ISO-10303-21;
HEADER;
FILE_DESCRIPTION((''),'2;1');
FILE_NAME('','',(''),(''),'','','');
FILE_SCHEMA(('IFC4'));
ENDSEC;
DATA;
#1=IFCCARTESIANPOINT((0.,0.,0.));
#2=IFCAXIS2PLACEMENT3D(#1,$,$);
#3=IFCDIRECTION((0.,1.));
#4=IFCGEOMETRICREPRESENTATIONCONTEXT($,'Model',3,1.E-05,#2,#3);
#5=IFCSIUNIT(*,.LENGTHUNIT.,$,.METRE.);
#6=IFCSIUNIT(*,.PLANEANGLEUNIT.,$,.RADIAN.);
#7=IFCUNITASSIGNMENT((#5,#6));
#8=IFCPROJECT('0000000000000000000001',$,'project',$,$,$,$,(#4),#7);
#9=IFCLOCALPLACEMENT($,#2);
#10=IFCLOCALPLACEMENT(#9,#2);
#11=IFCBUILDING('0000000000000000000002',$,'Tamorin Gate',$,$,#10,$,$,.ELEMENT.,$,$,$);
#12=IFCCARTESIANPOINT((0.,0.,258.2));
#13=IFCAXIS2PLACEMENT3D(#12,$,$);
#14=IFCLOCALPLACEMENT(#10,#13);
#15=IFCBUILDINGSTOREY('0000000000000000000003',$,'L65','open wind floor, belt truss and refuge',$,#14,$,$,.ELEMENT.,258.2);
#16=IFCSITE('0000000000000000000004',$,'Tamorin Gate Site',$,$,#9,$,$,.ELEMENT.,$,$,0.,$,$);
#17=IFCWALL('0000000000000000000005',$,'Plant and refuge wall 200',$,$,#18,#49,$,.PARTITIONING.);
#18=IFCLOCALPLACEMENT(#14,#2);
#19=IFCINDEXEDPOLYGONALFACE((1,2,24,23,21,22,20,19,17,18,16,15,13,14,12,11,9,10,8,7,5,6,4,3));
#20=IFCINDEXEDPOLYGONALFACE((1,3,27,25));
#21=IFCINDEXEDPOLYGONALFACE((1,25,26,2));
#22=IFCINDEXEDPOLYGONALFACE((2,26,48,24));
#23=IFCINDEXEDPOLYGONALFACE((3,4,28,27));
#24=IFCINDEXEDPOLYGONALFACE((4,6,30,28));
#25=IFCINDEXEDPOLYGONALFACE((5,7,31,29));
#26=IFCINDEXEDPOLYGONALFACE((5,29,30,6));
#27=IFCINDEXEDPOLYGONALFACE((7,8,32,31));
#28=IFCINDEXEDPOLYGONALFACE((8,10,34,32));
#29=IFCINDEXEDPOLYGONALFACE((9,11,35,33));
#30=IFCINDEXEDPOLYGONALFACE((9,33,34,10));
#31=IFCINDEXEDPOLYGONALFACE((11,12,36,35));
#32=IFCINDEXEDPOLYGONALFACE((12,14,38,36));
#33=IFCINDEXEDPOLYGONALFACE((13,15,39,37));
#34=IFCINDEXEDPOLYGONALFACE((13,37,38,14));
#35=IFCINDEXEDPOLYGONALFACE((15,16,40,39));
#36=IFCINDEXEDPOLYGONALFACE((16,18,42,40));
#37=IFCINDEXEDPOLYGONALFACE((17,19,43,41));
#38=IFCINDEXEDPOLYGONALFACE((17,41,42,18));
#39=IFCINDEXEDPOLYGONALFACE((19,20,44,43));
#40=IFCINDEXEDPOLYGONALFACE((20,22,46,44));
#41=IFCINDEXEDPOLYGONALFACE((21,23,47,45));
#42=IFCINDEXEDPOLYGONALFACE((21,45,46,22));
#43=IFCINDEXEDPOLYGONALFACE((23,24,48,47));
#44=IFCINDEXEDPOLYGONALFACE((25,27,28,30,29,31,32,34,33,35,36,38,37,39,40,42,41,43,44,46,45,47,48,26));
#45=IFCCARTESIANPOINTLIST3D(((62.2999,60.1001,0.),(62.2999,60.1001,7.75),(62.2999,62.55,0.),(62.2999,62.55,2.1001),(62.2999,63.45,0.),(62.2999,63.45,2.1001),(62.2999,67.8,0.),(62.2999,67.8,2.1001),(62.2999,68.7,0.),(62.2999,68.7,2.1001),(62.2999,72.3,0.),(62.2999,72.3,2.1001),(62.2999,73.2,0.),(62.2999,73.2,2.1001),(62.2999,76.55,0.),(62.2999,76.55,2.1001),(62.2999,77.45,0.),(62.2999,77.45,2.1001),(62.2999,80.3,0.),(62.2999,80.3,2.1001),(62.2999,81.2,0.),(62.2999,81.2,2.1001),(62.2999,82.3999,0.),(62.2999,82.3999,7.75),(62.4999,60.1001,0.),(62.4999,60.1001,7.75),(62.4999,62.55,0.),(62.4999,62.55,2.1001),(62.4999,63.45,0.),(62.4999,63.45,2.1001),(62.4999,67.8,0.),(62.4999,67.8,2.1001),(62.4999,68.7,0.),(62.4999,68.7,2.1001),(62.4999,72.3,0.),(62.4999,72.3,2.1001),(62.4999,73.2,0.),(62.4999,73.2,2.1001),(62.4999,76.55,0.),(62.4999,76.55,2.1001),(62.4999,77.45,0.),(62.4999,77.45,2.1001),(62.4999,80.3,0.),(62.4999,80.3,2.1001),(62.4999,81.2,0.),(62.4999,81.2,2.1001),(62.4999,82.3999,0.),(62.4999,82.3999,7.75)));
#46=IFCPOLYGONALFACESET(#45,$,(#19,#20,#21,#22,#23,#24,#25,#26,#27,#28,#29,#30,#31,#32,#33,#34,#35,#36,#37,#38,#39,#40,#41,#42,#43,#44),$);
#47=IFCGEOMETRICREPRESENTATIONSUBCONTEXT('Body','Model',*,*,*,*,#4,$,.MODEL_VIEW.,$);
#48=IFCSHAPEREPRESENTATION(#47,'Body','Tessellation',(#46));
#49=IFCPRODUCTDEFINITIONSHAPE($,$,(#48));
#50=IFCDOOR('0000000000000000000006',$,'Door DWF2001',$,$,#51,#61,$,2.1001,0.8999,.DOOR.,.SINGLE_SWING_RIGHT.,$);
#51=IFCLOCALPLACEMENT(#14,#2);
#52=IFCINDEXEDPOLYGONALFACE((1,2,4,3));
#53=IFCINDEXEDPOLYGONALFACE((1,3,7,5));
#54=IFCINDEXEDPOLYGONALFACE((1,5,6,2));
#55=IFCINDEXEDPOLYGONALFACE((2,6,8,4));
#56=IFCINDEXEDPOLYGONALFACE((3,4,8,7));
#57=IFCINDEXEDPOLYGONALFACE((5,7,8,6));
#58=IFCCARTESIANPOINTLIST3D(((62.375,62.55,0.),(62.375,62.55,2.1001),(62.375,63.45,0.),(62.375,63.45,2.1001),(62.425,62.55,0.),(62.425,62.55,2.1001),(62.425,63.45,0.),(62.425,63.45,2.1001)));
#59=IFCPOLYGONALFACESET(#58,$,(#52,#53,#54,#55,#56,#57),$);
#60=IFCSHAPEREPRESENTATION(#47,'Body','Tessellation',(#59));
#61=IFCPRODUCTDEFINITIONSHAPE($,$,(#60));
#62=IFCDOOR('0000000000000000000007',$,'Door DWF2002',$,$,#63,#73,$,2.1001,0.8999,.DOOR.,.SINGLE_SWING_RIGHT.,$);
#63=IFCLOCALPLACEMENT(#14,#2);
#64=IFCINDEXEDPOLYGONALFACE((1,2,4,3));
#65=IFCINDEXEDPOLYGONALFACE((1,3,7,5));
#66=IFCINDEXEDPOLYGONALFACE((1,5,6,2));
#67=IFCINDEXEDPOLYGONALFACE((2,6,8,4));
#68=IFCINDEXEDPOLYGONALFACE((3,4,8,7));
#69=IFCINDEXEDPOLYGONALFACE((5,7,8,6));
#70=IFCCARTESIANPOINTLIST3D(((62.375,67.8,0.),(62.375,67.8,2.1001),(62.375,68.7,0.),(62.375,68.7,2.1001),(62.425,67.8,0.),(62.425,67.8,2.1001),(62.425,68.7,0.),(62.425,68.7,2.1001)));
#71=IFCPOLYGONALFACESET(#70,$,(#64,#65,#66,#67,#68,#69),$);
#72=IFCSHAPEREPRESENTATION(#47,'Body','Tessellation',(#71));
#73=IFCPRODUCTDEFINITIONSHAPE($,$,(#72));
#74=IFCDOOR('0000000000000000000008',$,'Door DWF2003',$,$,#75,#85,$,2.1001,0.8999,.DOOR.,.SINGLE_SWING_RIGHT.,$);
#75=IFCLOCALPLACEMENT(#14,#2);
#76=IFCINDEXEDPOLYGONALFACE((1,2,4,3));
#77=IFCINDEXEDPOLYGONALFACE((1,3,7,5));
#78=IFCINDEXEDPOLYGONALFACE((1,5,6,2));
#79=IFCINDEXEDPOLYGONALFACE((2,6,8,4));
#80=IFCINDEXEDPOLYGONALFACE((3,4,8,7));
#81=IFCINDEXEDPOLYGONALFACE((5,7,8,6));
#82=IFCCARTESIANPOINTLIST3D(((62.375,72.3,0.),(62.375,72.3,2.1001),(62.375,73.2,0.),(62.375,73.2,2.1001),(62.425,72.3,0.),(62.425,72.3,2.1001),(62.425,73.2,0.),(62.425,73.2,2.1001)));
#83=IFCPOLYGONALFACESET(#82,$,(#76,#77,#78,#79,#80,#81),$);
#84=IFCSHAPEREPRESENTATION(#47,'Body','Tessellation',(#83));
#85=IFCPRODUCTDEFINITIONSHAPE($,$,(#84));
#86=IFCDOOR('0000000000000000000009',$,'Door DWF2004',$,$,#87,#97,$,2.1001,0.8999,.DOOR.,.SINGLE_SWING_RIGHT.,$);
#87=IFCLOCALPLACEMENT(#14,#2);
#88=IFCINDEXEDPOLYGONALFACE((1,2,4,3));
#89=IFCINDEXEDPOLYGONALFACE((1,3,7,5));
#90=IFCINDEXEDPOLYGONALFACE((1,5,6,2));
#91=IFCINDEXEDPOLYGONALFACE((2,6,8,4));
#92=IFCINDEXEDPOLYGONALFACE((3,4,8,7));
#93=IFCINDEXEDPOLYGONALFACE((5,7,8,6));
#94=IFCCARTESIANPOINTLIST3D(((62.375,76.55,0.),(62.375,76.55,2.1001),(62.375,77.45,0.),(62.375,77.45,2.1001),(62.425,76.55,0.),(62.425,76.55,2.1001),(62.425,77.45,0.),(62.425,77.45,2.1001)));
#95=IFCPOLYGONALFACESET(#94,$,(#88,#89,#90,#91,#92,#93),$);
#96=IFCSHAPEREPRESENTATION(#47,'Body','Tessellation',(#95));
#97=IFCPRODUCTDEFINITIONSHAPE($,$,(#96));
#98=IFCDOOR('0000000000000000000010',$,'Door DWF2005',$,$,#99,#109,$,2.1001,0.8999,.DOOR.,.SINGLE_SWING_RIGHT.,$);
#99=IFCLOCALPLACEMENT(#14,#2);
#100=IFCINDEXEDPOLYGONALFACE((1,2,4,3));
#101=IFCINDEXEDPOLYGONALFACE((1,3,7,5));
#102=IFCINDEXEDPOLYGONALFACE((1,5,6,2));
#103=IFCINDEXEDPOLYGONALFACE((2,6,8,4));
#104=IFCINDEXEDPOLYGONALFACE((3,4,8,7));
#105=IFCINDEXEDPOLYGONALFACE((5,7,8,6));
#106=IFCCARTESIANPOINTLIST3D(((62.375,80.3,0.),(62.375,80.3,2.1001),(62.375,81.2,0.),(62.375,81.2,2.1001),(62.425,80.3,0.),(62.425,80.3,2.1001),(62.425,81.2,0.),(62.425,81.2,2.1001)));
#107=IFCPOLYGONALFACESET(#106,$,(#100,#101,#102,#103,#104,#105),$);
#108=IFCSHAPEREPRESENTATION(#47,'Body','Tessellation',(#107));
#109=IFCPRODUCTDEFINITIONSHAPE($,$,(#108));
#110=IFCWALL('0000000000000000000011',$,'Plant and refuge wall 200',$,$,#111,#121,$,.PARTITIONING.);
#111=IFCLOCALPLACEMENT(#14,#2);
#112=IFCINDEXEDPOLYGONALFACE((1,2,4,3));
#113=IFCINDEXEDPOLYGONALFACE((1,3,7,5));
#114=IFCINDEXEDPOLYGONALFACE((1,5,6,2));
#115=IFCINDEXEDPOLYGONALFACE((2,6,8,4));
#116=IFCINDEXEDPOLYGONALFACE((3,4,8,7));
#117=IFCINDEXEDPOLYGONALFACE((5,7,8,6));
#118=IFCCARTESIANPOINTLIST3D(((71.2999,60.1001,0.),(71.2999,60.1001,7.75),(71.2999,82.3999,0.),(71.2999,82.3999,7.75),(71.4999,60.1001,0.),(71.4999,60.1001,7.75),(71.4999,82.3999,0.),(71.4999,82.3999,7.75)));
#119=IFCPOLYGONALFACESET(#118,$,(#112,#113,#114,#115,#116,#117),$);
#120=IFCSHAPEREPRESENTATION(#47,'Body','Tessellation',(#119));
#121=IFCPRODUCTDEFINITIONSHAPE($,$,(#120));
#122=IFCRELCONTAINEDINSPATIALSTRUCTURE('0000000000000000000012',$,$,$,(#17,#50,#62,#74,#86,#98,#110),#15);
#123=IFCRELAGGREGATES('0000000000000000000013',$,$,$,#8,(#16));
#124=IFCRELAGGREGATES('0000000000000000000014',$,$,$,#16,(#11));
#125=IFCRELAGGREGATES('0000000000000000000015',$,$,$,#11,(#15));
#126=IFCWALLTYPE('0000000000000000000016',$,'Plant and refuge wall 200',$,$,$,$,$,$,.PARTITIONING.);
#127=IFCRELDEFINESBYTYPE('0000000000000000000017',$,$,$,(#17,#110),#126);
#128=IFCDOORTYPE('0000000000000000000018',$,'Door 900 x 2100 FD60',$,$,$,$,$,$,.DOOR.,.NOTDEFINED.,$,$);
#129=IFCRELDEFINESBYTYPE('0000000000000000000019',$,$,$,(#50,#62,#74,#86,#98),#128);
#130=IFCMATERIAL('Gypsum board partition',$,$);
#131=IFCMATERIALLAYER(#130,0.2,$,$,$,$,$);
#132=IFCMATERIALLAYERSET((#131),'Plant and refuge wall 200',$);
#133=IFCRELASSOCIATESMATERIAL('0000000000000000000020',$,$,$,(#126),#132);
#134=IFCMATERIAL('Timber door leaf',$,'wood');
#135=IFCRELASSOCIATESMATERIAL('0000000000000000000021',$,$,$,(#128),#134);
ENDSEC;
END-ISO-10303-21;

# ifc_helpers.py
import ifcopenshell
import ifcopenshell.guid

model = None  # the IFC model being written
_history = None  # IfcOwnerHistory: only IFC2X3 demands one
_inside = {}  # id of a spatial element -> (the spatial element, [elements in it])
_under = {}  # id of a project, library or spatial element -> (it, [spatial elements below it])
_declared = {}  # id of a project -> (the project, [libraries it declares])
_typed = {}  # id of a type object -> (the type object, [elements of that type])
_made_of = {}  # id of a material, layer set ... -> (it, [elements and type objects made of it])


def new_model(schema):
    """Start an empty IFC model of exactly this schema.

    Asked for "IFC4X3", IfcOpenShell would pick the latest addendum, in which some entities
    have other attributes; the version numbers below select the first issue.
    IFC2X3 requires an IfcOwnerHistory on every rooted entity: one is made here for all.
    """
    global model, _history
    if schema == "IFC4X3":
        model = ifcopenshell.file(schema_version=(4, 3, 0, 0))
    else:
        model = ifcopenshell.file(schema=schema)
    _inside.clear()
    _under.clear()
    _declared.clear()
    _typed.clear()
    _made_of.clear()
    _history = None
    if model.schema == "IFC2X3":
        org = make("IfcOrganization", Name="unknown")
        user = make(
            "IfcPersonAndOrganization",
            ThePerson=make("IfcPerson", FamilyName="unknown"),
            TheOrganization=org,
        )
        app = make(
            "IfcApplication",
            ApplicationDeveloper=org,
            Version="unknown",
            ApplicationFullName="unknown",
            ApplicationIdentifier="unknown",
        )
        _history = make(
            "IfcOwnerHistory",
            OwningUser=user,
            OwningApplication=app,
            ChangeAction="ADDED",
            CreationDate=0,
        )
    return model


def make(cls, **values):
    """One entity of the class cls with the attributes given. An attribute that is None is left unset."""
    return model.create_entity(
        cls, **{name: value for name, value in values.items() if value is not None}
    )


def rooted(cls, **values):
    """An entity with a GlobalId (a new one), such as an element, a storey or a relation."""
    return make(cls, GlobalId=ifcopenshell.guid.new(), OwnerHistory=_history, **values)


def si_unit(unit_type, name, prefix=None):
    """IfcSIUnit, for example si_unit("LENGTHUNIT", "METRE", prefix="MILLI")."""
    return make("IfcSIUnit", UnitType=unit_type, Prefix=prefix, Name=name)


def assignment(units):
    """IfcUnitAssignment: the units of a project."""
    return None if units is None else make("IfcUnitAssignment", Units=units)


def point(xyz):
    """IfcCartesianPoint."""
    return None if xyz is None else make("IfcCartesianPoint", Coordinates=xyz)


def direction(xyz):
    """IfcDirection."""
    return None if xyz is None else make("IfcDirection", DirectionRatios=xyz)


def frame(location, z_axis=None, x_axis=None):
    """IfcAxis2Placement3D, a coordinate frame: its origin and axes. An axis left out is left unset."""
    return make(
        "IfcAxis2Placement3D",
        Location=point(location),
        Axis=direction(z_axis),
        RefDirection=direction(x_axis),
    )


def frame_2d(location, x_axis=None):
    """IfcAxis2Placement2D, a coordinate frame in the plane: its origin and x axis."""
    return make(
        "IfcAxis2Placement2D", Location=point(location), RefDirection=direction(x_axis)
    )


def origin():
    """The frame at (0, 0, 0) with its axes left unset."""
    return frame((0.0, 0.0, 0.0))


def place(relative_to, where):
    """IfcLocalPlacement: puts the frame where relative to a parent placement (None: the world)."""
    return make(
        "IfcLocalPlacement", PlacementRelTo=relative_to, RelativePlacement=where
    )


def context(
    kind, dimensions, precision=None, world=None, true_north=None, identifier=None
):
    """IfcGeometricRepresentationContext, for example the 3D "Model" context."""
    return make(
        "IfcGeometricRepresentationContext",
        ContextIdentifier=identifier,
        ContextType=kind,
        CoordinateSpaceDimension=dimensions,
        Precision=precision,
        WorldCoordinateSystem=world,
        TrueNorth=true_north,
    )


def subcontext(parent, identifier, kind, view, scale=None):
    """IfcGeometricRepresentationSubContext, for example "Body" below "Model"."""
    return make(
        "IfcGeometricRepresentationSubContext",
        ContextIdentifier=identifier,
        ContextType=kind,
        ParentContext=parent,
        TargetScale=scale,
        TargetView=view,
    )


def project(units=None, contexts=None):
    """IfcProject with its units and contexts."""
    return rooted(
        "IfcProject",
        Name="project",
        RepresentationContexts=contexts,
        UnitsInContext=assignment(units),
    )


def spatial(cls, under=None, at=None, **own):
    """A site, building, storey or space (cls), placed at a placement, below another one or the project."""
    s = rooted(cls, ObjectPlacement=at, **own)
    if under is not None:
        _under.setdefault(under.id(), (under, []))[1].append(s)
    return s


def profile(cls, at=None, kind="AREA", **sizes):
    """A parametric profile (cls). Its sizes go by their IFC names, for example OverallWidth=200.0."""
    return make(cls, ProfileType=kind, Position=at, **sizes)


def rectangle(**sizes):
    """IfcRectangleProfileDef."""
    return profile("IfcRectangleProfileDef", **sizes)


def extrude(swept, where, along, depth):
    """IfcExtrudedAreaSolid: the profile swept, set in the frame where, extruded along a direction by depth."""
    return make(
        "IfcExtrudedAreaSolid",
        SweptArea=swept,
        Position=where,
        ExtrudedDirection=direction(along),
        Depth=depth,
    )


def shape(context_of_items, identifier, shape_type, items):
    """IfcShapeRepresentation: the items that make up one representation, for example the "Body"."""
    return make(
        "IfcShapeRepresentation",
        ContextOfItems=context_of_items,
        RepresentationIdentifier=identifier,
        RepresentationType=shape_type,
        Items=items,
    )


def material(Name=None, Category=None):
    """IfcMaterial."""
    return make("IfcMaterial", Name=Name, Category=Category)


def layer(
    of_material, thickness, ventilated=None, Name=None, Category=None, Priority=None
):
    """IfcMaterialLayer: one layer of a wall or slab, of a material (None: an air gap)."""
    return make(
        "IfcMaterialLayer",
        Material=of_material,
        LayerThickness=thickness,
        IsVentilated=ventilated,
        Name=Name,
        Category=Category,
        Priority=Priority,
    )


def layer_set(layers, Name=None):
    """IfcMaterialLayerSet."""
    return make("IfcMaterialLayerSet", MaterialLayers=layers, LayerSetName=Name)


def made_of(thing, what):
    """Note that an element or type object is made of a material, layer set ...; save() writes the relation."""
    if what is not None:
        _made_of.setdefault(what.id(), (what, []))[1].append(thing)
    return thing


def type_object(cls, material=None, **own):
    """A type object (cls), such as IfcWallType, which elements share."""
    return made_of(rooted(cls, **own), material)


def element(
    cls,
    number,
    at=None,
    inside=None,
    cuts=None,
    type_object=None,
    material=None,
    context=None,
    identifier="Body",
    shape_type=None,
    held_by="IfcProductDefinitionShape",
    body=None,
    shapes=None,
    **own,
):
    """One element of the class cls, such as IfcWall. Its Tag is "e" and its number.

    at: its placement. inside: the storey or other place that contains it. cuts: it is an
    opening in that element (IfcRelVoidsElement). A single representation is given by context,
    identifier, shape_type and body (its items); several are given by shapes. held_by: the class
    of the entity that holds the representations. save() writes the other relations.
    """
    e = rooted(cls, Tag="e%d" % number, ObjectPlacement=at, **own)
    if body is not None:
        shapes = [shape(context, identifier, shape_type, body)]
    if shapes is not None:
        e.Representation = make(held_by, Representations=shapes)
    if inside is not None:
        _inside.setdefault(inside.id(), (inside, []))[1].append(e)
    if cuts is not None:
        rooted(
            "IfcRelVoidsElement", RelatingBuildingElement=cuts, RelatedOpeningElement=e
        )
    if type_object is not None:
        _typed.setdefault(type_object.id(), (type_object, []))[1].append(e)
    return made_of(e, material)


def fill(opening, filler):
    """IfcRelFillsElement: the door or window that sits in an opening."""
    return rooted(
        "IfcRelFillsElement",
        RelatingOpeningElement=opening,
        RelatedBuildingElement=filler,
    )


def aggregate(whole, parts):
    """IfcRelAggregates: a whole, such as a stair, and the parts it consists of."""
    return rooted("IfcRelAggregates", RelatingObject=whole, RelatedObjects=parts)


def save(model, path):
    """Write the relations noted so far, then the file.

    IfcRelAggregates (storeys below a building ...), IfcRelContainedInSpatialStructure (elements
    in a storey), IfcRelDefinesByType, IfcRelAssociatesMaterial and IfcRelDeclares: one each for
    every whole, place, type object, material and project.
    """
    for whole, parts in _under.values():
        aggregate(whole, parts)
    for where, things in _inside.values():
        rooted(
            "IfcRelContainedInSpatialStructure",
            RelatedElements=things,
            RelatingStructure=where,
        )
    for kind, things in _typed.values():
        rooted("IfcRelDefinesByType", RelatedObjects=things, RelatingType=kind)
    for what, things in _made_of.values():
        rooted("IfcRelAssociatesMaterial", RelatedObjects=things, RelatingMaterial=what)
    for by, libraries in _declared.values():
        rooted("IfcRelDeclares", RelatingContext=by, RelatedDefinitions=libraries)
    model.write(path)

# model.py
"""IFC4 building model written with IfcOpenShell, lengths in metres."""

from ifc_helpers import new_model, si_unit, direction, frame, frame_2d, origin, place, context, subcontext, project, spatial, rectangle, extrude, material, layer, layer_set, type_object, element, fill, save


model = new_model("IFC4")

# Units and contexts
model_context = context("Model", 3, precision=1e-05, world=origin(), true_north=direction((0.0, 1.0)))
body_context = subcontext(model_context, "Body", "Model", "MODEL_VIEW")
ifc_project = project(units=[si_unit("LENGTHUNIT", "METRE"), si_unit("PLANEANGLEUNIT", "RADIAN")], contexts=[model_context])

# Site, building, storey
site_placement = place(None, origin())
site = spatial("IfcSite", under=ifc_project, at=site_placement, Name="Tamorin Gate Site", CompositionType="ELEMENT", RefElevation=0.0)
building_placement = place(site_placement, origin())
building = spatial("IfcBuilding", under=site, at=building_placement, Name="Tamorin Gate", CompositionType="ELEMENT")
storey_placement = place(building_placement, frame((0.0, 0.0, 258.2)))
storey = spatial("IfcBuildingStorey", under=building, at=storey_placement, Name="L65", Description="open wind floor, belt truss and refuge", CompositionType="ELEMENT", Elevation=258.2)

# Shared definitions
ifc_material_1 = material(Name="Gypsum board partition")
ifc_layer = layer(ifc_material_1, 0.2)
ifc_layer_set = layer_set([ifc_layer], Name="Plant and refuge wall 200")
wall_type = type_object("IfcWallType", Name="Plant and refuge wall 200", PredefinedType="PARTITIONING", material=ifc_layer_set)

# Wall, openings, doors
wall_1_placement = place(storey_placement, frame((62.3999, 60.1001, 0.0), z_axis=(0.0, 0.0, 1.0), x_axis=(0.0, 1.0, 0.0)))
wall_1 = element("IfcWall", 1, at=wall_1_placement, inside=storey, type_object=wall_type, Name="Plant and refuge wall 200", PredefinedType="PARTITIONING", context=body_context, shape_type="SweptSolid", body=[
    extrude(rectangle(XDim=22.2998, YDim=0.2, at=frame_2d((11.1499, 0.0))), origin(), (0.0, 0.0, 1.0), 7.75),
])
opening_1_placement = place(wall_1_placement, frame((2.45, 0.0, 0.0)))
opening_1 = element("IfcOpeningElement", 2, at=opening_1_placement, cuts=wall_1, PredefinedType="OPENING", context=body_context, shape_type="SweptSolid", body=[
    extrude(rectangle(XDim=0.8999, YDim=2.1001, at=frame_2d((0.45, 1.05))), frame((0.0, 0.1099, 0.0), z_axis=(0.0, -1.0, 0.0), x_axis=(1.0, 0.0, 0.0)), (0.0, 0.0, 1.0), 0.22),
])
opening_2_placement = place(wall_1_placement, frame((7.7, 0.0, 0.0)))
opening_2 = element("IfcOpeningElement", 3, at=opening_2_placement, cuts=wall_1, PredefinedType="OPENING", context=body_context, shape_type="SweptSolid", body=[
    extrude(rectangle(XDim=0.8999, YDim=2.1001, at=frame_2d((0.45, 1.05))), frame((0.0, 0.1099, 0.0), z_axis=(0.0, -1.0, 0.0), x_axis=(1.0, 0.0, 0.0)), (0.0, 0.0, 1.0), 0.22),
])
opening_3_placement = place(wall_1_placement, frame((12.2, 0.0, 0.0)))
opening_3 = element("IfcOpeningElement", 4, at=opening_3_placement, cuts=wall_1, PredefinedType="OPENING", context=body_context, shape_type="SweptSolid", body=[
    extrude(rectangle(XDim=0.8999, YDim=2.1001, at=frame_2d((0.45, 1.05))), frame((0.0, 0.1099, 0.0), z_axis=(0.0, -1.0, 0.0), x_axis=(1.0, 0.0, 0.0)), (0.0, 0.0, 1.0), 0.22),
])
opening_4_placement = place(wall_1_placement, frame((16.45, 0.0, 0.0)))
opening_4 = element("IfcOpeningElement", 5, at=opening_4_placement, cuts=wall_1, PredefinedType="OPENING", context=body_context, shape_type="SweptSolid", body=[
    extrude(rectangle(XDim=0.8999, YDim=2.1001, at=frame_2d((0.45, 1.05))), frame((0.0, 0.1099, 0.0), z_axis=(0.0, -1.0, 0.0), x_axis=(1.0, 0.0, 0.0)), (0.0, 0.0, 1.0), 0.22),
])
opening_5_placement = place(wall_1_placement, frame((20.2, 0.0, 0.0)))
opening_5 = element("IfcOpeningElement", 6, at=opening_5_placement, cuts=wall_1, PredefinedType="OPENING", context=body_context, shape_type="SweptSolid", body=[
    extrude(rectangle(XDim=0.8999, YDim=2.1001, at=frame_2d((0.45, 1.05))), frame((0.0, 0.1099, 0.0), z_axis=(0.0, -1.0, 0.0), x_axis=(1.0, 0.0, 0.0)), (0.0, 0.0, 1.0), 0.22),
])
ifc_material_2 = material(Name="Timber door leaf", Category="wood")
door_type = type_object("IfcDoorType", Name="Door 900 x 2100 FD60", OperationType="NOTDEFINED", PredefinedType="DOOR", material=ifc_material_2)
door_1_placement = place(opening_1_placement, origin())
door_1 = element("IfcDoor", 7, at=door_1_placement, inside=storey, type_object=door_type, Name="Door DWF2001", OperationType="SINGLE_SWING_RIGHT", OverallHeight=2.1001, OverallWidth=0.8999, PredefinedType="DOOR", context=body_context, shape_type="SweptSolid", body=[
    extrude(rectangle(XDim=0.8999, YDim=2.1001, at=frame_2d((0.45, 1.05))), frame((0.0, 0.0249, 0.0), z_axis=(0.0, -1.0, 0.0), x_axis=(1.0, 0.0, 0.0)), (0.0, 0.0, 1.0), 0.05),
])
fill(opening_1, door_1)
door_2_placement = place(opening_2_placement, origin())
door_2 = element("IfcDoor", 8, at=door_2_placement, inside=storey, type_object=door_type, Name="Door DWF2002", OperationType="SINGLE_SWING_RIGHT", OverallHeight=2.1001, OverallWidth=0.8999, PredefinedType="DOOR", context=body_context, shape_type="SweptSolid", body=[
    extrude(rectangle(XDim=0.8999, YDim=2.1001, at=frame_2d((0.45, 1.05))), frame((0.0, 0.0249, 0.0), z_axis=(0.0, -1.0, 0.0), x_axis=(1.0, 0.0, 0.0)), (0.0, 0.0, 1.0), 0.05),
])
fill(opening_2, door_2)
door_3_placement = place(opening_3_placement, origin())
door_3 = element("IfcDoor", 9, at=door_3_placement, inside=storey, type_object=door_type, Name="Door DWF2003", OperationType="SINGLE_SWING_RIGHT", OverallHeight=2.1001, OverallWidth=0.8999, PredefinedType="DOOR", context=body_context, shape_type="SweptSolid", body=[
    extrude(rectangle(XDim=0.8999, YDim=2.1001, at=frame_2d((0.45, 1.05))), frame((0.0, 0.0249, 0.0), z_axis=(0.0, -1.0, 0.0), x_axis=(1.0, 0.0, 0.0)), (0.0, 0.0, 1.0), 0.05),
])
fill(opening_3, door_3)
door_4_placement = place(opening_4_placement, origin())
door_4 = element("IfcDoor", 10, at=door_4_placement, inside=storey, type_object=door_type, Name="Door DWF2004", OperationType="SINGLE_SWING_RIGHT", OverallHeight=2.1001, OverallWidth=0.8999, PredefinedType="DOOR", context=body_context, shape_type="SweptSolid", body=[
    extrude(rectangle(XDim=0.8999, YDim=2.1001, at=frame_2d((0.45, 1.05))), frame((0.0, 0.0249, 0.0), z_axis=(0.0, -1.0, 0.0), x_axis=(1.0, 0.0, 0.0)), (0.0, 0.0, 1.0), 0.05),
])
fill(opening_4, door_4)
door_5_placement = place(opening_5_placement, origin())
door_5 = element("IfcDoor", 11, at=door_5_placement, inside=storey, type_object=door_type, Name="Door DWF2005", OperationType="SINGLE_SWING_RIGHT", OverallHeight=2.1001, OverallWidth=0.8999, PredefinedType="DOOR", context=body_context, shape_type="SweptSolid", body=[
    extrude(rectangle(XDim=0.8999, YDim=2.1001, at=frame_2d((0.45, 1.05))), frame((0.0, 0.0249, 0.0), z_axis=(0.0, -1.0, 0.0), x_axis=(1.0, 0.0, 0.0)), (0.0, 0.0, 1.0), 0.05),
])
fill(opening_5, door_5)

# Wall
wall_2_placement = place(storey_placement, frame((71.3999, 60.1001, 0.0), z_axis=(0.0, 0.0, 1.0), x_axis=(0.0, 1.0, 0.0)))
element("IfcWall", 12, at=wall_2_placement, inside=storey, type_object=wall_type, Name="Plant and refuge wall 200", PredefinedType="PARTITIONING", context=body_context, shape_type="SweptSolid", body=[
    extrude(rectangle(XDim=22.2998, YDim=0.2, at=frame_2d((11.1499, 0.0))), origin(), (0.0, 0.0, 1.0), 7.75),
])

save(model, "model.ifc")
